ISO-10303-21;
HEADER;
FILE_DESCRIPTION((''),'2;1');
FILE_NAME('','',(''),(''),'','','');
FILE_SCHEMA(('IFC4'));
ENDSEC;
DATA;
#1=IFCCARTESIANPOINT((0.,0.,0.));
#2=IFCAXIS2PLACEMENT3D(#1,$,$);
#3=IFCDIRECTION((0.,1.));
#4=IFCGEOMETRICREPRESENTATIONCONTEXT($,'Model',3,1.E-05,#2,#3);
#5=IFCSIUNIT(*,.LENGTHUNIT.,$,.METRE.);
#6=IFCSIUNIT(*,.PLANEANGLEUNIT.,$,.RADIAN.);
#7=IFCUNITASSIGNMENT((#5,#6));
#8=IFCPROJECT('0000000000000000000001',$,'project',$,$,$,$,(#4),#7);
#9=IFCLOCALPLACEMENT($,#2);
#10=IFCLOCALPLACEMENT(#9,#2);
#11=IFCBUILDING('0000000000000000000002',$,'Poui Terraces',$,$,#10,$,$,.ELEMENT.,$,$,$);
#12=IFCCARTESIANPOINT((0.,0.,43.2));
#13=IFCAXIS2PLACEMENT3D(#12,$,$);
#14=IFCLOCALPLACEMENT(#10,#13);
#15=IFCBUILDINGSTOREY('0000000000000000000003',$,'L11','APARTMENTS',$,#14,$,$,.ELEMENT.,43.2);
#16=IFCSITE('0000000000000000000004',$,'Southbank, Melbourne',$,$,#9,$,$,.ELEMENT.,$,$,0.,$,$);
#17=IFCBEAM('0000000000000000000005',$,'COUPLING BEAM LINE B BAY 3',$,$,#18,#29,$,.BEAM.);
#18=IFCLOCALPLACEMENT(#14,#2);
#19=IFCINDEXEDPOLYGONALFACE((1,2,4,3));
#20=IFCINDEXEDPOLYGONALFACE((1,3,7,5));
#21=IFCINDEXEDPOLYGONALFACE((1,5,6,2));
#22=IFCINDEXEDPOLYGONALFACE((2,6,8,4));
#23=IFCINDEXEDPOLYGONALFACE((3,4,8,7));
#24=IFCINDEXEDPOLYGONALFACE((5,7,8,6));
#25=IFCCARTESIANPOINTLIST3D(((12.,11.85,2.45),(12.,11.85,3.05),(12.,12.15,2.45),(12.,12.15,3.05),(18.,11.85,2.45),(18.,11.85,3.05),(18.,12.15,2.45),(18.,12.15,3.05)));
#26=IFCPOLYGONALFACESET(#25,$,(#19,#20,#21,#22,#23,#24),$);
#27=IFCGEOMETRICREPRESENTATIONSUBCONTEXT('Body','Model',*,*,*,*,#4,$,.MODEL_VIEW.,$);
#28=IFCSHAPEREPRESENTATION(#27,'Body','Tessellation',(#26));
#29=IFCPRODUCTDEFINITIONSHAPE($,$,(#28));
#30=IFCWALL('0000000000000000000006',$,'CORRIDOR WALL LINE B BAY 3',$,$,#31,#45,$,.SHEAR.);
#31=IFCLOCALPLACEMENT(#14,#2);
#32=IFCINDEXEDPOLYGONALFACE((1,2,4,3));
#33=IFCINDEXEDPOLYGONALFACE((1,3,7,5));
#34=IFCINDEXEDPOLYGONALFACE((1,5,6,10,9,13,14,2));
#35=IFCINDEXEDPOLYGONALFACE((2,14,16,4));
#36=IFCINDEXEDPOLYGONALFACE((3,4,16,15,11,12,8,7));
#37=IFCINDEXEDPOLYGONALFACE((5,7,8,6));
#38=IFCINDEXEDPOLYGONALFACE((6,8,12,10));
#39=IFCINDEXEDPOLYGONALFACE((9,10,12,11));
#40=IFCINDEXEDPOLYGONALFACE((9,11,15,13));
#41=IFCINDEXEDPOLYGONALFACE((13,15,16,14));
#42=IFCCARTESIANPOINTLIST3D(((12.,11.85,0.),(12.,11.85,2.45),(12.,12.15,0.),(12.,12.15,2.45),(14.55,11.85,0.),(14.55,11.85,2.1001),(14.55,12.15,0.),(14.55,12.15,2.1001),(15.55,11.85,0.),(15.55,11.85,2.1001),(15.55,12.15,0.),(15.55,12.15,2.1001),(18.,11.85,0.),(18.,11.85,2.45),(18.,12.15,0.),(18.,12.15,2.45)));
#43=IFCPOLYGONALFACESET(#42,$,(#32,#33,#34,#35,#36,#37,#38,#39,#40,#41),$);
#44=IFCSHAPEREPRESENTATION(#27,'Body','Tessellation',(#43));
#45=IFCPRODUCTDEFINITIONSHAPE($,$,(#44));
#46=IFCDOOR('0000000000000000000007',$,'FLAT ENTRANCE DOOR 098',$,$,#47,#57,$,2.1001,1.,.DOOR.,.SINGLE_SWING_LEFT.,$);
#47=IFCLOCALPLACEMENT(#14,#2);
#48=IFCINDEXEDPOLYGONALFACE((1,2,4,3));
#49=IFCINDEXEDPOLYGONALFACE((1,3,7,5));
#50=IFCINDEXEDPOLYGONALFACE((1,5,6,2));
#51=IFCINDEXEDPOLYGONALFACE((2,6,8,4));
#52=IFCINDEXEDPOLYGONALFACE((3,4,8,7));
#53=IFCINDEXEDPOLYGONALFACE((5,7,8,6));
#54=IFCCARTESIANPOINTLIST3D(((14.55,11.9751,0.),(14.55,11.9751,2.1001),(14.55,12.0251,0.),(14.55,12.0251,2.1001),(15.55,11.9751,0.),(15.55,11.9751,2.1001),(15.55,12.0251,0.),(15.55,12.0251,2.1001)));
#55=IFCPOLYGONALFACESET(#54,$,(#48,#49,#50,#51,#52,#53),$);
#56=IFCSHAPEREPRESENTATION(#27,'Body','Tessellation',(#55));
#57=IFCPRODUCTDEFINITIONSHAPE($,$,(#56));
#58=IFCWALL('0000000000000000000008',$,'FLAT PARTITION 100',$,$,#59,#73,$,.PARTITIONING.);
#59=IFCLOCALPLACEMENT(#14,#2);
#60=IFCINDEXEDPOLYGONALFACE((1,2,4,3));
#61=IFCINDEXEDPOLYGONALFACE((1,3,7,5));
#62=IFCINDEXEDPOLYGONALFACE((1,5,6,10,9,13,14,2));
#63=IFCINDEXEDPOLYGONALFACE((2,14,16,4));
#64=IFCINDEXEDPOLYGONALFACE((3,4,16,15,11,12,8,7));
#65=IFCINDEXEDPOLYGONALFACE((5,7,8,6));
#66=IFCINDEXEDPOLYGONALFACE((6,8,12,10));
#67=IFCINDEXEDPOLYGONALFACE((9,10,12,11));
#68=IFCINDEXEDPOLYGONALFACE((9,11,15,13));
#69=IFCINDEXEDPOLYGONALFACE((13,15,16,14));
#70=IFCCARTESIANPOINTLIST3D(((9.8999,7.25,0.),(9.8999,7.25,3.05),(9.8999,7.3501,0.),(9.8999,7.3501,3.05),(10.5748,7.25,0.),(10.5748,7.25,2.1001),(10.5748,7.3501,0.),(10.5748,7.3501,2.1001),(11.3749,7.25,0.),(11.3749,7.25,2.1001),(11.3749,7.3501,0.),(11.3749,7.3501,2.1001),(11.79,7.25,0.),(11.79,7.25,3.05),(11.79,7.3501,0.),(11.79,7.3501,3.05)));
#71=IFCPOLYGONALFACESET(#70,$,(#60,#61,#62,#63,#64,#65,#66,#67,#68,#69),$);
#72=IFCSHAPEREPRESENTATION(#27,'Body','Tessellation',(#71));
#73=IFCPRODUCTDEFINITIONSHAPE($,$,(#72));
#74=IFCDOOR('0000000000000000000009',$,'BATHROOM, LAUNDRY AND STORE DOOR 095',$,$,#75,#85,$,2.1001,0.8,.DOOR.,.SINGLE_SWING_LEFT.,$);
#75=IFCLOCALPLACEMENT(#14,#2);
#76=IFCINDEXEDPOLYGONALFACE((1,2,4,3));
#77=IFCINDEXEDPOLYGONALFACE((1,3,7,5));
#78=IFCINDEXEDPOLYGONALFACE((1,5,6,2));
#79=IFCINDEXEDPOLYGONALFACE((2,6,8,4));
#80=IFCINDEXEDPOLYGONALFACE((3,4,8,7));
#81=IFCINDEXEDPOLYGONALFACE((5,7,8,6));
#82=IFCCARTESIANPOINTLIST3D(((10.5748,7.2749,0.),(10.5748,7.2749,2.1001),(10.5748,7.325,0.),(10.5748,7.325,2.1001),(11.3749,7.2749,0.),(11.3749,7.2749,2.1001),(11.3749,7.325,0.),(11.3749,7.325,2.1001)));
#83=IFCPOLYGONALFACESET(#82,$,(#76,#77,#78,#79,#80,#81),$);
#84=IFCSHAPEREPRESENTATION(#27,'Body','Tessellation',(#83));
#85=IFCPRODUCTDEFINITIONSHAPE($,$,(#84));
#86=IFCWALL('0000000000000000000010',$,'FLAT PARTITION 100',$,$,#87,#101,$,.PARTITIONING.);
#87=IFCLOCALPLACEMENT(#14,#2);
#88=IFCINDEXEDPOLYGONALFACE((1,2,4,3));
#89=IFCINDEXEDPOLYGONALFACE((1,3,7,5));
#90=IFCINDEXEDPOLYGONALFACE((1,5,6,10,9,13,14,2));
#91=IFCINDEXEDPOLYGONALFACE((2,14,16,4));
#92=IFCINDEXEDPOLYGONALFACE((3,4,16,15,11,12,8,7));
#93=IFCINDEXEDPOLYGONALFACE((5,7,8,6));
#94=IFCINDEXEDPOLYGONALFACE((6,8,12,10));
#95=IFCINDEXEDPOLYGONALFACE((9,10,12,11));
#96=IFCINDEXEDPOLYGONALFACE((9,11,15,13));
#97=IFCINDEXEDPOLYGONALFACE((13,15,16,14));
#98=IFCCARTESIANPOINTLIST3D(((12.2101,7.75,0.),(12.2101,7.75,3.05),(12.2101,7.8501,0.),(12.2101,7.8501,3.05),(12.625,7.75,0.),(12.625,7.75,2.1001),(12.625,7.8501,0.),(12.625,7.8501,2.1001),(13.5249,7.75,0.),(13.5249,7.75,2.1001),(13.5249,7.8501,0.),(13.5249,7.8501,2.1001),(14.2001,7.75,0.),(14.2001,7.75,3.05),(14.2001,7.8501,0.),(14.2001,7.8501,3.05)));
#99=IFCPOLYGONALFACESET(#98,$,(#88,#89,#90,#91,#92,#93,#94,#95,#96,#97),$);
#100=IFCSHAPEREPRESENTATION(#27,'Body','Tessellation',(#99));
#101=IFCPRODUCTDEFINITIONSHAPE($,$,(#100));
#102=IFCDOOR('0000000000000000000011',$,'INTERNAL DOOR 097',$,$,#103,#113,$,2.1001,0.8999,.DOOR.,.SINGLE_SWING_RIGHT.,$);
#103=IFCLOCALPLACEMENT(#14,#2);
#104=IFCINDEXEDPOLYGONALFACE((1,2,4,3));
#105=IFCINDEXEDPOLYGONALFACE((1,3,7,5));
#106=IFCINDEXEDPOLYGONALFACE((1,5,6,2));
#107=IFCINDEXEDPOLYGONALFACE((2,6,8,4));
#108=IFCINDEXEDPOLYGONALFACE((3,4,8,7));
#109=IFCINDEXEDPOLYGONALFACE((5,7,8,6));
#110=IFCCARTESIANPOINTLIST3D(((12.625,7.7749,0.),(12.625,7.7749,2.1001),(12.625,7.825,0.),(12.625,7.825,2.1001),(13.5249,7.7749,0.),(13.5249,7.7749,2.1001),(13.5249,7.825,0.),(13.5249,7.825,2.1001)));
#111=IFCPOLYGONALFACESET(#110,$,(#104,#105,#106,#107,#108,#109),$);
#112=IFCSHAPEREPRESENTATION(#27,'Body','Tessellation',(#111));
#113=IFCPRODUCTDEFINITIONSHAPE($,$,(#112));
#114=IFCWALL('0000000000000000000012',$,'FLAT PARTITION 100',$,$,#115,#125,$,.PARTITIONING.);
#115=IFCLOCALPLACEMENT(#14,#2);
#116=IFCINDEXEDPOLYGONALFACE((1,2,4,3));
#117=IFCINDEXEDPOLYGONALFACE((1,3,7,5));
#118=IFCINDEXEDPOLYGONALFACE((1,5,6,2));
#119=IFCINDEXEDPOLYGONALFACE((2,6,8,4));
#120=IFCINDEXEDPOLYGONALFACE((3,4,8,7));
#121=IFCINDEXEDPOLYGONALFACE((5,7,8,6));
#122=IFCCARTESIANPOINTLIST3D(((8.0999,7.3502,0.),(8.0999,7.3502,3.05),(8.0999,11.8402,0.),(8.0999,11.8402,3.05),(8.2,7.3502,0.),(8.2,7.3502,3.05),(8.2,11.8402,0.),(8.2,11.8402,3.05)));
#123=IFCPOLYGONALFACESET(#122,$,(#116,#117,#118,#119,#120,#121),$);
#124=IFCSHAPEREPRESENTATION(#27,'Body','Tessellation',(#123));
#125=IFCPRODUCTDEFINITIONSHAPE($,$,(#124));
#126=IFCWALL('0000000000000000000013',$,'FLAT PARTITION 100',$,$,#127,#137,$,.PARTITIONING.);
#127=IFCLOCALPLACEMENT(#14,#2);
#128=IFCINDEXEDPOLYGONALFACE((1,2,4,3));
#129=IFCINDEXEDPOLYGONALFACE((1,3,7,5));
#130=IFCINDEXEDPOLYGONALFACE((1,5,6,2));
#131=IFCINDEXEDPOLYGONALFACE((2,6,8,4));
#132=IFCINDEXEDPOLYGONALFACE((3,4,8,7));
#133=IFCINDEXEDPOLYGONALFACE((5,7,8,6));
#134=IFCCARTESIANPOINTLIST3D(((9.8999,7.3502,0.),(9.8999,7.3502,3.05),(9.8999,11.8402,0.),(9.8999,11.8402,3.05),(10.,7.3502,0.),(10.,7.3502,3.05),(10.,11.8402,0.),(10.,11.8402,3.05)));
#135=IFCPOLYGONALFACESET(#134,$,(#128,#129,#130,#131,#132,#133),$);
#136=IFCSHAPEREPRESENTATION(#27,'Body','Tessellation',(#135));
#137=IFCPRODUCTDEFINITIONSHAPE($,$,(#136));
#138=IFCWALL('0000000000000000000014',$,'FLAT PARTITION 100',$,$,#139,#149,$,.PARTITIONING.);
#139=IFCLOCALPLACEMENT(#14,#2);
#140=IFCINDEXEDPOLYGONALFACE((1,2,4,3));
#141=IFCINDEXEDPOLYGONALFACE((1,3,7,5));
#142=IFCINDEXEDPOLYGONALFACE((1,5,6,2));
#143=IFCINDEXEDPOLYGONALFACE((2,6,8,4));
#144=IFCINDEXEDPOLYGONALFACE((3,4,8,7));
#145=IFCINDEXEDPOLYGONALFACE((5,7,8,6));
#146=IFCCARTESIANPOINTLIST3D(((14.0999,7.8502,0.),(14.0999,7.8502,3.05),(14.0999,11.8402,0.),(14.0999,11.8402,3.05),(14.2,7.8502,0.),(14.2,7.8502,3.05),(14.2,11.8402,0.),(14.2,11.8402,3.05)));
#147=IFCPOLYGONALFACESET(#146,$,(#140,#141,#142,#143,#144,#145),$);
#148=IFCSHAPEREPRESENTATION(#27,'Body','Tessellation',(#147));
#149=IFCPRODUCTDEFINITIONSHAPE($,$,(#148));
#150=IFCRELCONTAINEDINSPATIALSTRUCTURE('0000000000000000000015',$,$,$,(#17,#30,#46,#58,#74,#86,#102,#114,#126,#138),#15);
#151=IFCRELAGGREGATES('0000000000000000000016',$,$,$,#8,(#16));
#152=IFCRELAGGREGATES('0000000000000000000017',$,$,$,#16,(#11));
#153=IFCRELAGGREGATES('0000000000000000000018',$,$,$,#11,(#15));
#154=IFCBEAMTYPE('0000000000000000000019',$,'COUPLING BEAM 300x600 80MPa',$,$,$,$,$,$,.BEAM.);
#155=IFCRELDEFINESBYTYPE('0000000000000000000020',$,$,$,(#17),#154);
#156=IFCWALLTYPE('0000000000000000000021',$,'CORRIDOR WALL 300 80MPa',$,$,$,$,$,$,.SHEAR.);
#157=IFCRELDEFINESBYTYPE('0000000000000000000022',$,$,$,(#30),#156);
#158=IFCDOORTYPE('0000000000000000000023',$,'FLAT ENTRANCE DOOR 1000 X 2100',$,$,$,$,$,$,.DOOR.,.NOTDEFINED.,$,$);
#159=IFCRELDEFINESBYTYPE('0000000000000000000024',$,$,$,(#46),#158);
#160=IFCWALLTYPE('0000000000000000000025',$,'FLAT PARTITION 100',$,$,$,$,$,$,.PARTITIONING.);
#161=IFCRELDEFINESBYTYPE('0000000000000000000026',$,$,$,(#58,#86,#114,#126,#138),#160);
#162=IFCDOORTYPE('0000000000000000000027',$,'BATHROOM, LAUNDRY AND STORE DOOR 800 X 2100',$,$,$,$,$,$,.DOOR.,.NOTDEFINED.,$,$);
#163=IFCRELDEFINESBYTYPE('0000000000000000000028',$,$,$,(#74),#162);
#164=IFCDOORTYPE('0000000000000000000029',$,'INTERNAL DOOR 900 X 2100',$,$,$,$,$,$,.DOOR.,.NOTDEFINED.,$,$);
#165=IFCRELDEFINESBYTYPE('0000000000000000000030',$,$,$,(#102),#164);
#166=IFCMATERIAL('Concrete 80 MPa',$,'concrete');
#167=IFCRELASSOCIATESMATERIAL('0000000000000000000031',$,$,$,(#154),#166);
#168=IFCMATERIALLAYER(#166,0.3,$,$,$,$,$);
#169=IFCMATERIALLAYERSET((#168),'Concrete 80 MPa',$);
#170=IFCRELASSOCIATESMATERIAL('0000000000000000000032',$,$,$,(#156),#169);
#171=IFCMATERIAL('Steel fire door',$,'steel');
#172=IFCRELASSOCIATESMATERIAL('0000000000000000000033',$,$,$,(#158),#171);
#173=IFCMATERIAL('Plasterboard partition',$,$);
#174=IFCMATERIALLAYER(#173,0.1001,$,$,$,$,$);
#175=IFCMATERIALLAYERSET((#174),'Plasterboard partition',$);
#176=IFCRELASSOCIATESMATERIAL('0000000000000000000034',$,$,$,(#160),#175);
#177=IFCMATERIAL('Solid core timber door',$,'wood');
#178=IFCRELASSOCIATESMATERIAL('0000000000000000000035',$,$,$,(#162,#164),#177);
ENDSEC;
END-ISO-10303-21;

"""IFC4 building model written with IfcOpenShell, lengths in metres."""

from ifc_helpers import new_model, si_unit, direction, frame, frame_2d, origin, origin_2d, place, context, subcontext, project, spatial, rectangle, extrude, source, transform, mapped, material, layer, layer_set, material_profile, profile_set, type_object, element, fill, save


model = new_model("IFC4")

# Units and contexts
model_context = context("Model", 3, precision=1e-05, world=origin(), true_north=direction((0.0, 1.0)))
body_context = subcontext(model_context, "Body", "Model", "MODEL_VIEW")
ifc_project = project(units=[si_unit("LENGTHUNIT", "METRE"), si_unit("PLANEANGLEUNIT", "RADIAN")], contexts=[model_context])

# Site, building, storey
site_placement = place(None, origin())
site = spatial("IfcSite", under=ifc_project, at=site_placement, Name="Southbank, Melbourne", CompositionType="ELEMENT", RefElevation=0.0)
building_placement = place(site_placement, origin())
building = spatial("IfcBuilding", under=site, at=building_placement, Name="Poui Terraces", CompositionType="ELEMENT")
storey_placement = place(building_placement, frame((0.0, 0.0, 43.2)))
storey = spatial("IfcBuildingStorey", under=building, at=storey_placement, Name="L11", Description="APARTMENTS", CompositionType="ELEMENT", Elevation=43.2)

# Beam
ifc_material_1 = material(Name="Concrete 80 MPa", Category="concrete")
ifc_material_profile = material_profile(ifc_material_1, rectangle(XDim=0.3, YDim=0.6001, at=origin_2d()), Name="RC 300x600")
ifc_profile_set = profile_set([ifc_material_profile], Name="Concrete 80 MPa")
beam_type = type_object("IfcBeamType", Name="COUPLING BEAM 300x600 80MPa", PredefinedType="BEAM", material=ifc_profile_set)
shared_shape = source(origin(), body_context, "Body", "SweptSolid", [
    extrude(rectangle(XDim=0.3, YDim=0.6001, at=origin_2d()), origin(), (0.0, 0.0, 1.0), 6.0),
])
beam_placement = place(storey_placement, frame((12.0, 12.0, 2.75), z_axis=(1.0, 0.0, 0.0), x_axis=(0.0, 1.0, 0.0)))
element("IfcBeam", 1, at=beam_placement, inside=storey, type_object=beam_type, Name="COUPLING BEAM LINE B BAY 3", PredefinedType="BEAM", context=body_context, shape_type="MappedRepresentation", body=[
    mapped(shared_shape, transform((0.0, 0.0, 0.0))),
])

# Walls, openings, doors
ifc_layer_1 = layer(ifc_material_1, 0.3)
ifc_layer_set_1 = layer_set([ifc_layer_1], Name="Concrete 80 MPa")
wall_type_1 = type_object("IfcWallType", Name="CORRIDOR WALL 300 80MPa", PredefinedType="SHEAR", material=ifc_layer_set_1)
wall_1_placement = place(storey_placement, frame((12.0, 12.0, 0.0), z_axis=(0.0, 0.0, 1.0), x_axis=(1.0, 0.0, 0.0)))
wall_1 = element("IfcWall", 2, at=wall_1_placement, inside=storey, type_object=wall_type_1, Name="CORRIDOR WALL LINE B BAY 3", PredefinedType="SHEAR", context=body_context, shape_type="SweptSolid", body=[
    extrude(rectangle(XDim=6.0, YDim=0.3, at=frame_2d((3.0, 0.0))), origin(), (0.0, 0.0, 1.0), 2.45),
])
opening_1_placement = place(wall_1_placement, frame((2.55, 0.0, 0.0)))
opening_1 = element("IfcOpeningElement", 3, at=opening_1_placement, cuts=wall_1, PredefinedType="OPENING", context=body_context, shape_type="SweptSolid", body=[
    extrude(rectangle(XDim=1.0, YDim=2.1001, at=frame_2d((0.5, 1.05))), frame((0.0, 0.1602, 0.0), z_axis=(0.0, -1.0, 0.0), x_axis=(1.0, 0.0, 0.0)), (0.0, 0.0, 1.0), 0.3201),
])
ifc_material_2 = material(Name="Steel fire door", Category="steel")
door_type_1 = type_object("IfcDoorType", Name="FLAT ENTRANCE DOOR 1000 X 2100", OperationType="NOTDEFINED", PredefinedType="DOOR", material=ifc_material_2)
door_1_placement = place(opening_1_placement, frame((1.0, 0.0, 0.0), z_axis=(0.0, 0.0, 1.0), x_axis=(-1.0, 0.0, 0.0)))
door_1 = element("IfcDoor", 4, at=door_1_placement, inside=storey, type_object=door_type_1, Name="FLAT ENTRANCE DOOR 098", OperationType="SINGLE_SWING_LEFT", OverallHeight=2.1001, OverallWidth=1.0, PredefinedType="DOOR", context=body_context, shape_type="SweptSolid", body=[
    extrude(rectangle(XDim=1.0, YDim=2.1001, at=frame_2d((0.5, 1.05))), frame((0.0, 0.0249, 0.0), z_axis=(0.0, -1.0, 0.0), x_axis=(1.0, 0.0, 0.0)), (0.0, 0.0, 1.0), 0.05),
])
fill(opening_1, door_1)
ifc_material_3 = material(Name="Plasterboard partition")
ifc_layer_2 = layer(ifc_material_3, 0.1001)
ifc_layer_set_2 = layer_set([ifc_layer_2], Name="Plasterboard partition")
wall_type_2 = type_object("IfcWallType", Name="FLAT PARTITION 100", PredefinedType="PARTITIONING", material=ifc_layer_set_2)
wall_2_placement = place(storey_placement, frame((9.8999, 7.3, 0.0), z_axis=(0.0, 0.0, 1.0), x_axis=(1.0, 0.0, 0.0)))
wall_2 = element("IfcWall", 5, at=wall_2_placement, inside=storey, type_object=wall_type_2, Name="FLAT PARTITION 100", PredefinedType="PARTITIONING", context=body_context, shape_type="SweptSolid", body=[
    extrude(rectangle(XDim=1.8901, YDim=0.1001, at=frame_2d((0.9451, 0.0))), origin(), (0.0, 0.0, 1.0), 3.05),
])
opening_2_placement = place(wall_2_placement, frame((0.675, 0.0, 0.0)))
opening_2 = element("IfcOpeningElement", 6, at=opening_2_placement, cuts=wall_2, PredefinedType="OPENING", context=body_context, shape_type="SweptSolid", body=[
    extrude(rectangle(XDim=0.8, YDim=2.1001, at=frame_2d((0.3999, 1.05))), frame((0.0, 0.0601, 0.0), z_axis=(0.0, -1.0, 0.0), x_axis=(1.0, 0.0, 0.0)), (0.0, 0.0, 1.0), 0.1201),
])
ifc_material_4 = material(Name="Solid core timber door", Category="wood")
door_type_2 = type_object("IfcDoorType", Name="BATHROOM, LAUNDRY AND STORE DOOR 800 X 2100", OperationType="NOTDEFINED", PredefinedType="DOOR", material=ifc_material_4)
door_2_placement = place(opening_2_placement, origin())
door_2 = element("IfcDoor", 7, at=door_2_placement, inside=storey, type_object=door_type_2, Name="BATHROOM, LAUNDRY AND STORE DOOR 095", OperationType="SINGLE_SWING_LEFT", OverallHeight=2.1001, OverallWidth=0.8, PredefinedType="DOOR", context=body_context, shape_type="SweptSolid", body=[
    extrude(rectangle(XDim=0.8, YDim=2.1001, at=frame_2d((0.3999, 1.05))), frame((0.0, 0.0249, 0.0), z_axis=(0.0, -1.0, 0.0), x_axis=(1.0, 0.0, 0.0)), (0.0, 0.0, 1.0), 0.05),
])
fill(opening_2, door_2)
wall_3_placement = place(storey_placement, frame((12.21, 7.8, 0.0), z_axis=(0.0, 0.0, 1.0), x_axis=(1.0, 0.0, 0.0)))
wall_3 = element("IfcWall", 8, at=wall_3_placement, inside=storey, type_object=wall_type_2, Name="FLAT PARTITION 100", PredefinedType="PARTITIONING", context=body_context, shape_type="SweptSolid", body=[
    extrude(rectangle(XDim=1.99, YDim=0.1001, at=frame_2d((0.9951, 0.0))), origin(), (0.0, 0.0, 1.0), 3.05),
])
opening_3_placement = place(wall_3_placement, frame((0.415, 0.0, 0.0)))
opening_3 = element("IfcOpeningElement", 9, at=opening_3_placement, cuts=wall_3, PredefinedType="OPENING", context=body_context, shape_type="SweptSolid", body=[
    extrude(rectangle(XDim=0.8999, YDim=2.1001, at=frame_2d((0.45, 1.05))), frame((0.0, 0.0601, 0.0), z_axis=(0.0, -1.0, 0.0), x_axis=(1.0, 0.0, 0.0)), (0.0, 0.0, 1.0), 0.1201),
])
door_type_3 = type_object("IfcDoorType", Name="INTERNAL DOOR 900 X 2100", OperationType="NOTDEFINED", PredefinedType="DOOR", material=ifc_material_4)
door_3_placement = place(opening_3_placement, origin())
door_3 = element("IfcDoor", 10, at=door_3_placement, inside=storey, type_object=door_type_3, Name="INTERNAL DOOR 097", OperationType="SINGLE_SWING_RIGHT", OverallHeight=2.1001, OverallWidth=0.8999, PredefinedType="DOOR", context=body_context, shape_type="SweptSolid", body=[
    extrude(rectangle(XDim=0.8999, YDim=2.1001, at=frame_2d((0.45, 1.05))), frame((0.0, 0.0249, 0.0), z_axis=(0.0, -1.0, 0.0), x_axis=(1.0, 0.0, 0.0)), (0.0, 0.0, 1.0), 0.05),
])
fill(opening_3, door_3)

# Walls
for number, where, z_axis, x_axis, name in (
    (11, (8.1499, 7.3501, 0.0), (0.0, 0.0, 1.0), (0.0, 1.0, 0.0), "FLAT PARTITION 100"),
    (12, (9.95, 7.3501, 0.0), (0.0, 0.0, 1.0), (0.0, 1.0, 0.0), "FLAT PARTITION 100"),
):
    element("IfcWall", number, at=place(storey_placement, frame(where, z_axis=z_axis, x_axis=x_axis)), inside=storey, type_object=wall_type_2, Name=name, PredefinedType="PARTITIONING", context=body_context, shape_type="SweptSolid", body=[
        extrude(rectangle(XDim=4.49, YDim=0.1001, at=frame_2d((2.2451, 0.0))), origin(), (0.0, 0.0, 1.0), 3.05),
    ])
wall_4_placement = place(storey_placement, frame((14.1499, 7.8501, 0.0), z_axis=(0.0, 0.0, 1.0), x_axis=(0.0, 1.0, 0.0)))
element("IfcWall", 13, at=wall_4_placement, inside=storey, type_object=wall_type_2, Name="FLAT PARTITION 100", PredefinedType="PARTITIONING", context=body_context, shape_type="SweptSolid", body=[
    extrude(rectangle(XDim=3.99, YDim=0.1001, at=frame_2d((1.9951, 0.0))), origin(), (0.0, 0.0, 1.0), 3.05),
])

save(model, "model.ifc")
